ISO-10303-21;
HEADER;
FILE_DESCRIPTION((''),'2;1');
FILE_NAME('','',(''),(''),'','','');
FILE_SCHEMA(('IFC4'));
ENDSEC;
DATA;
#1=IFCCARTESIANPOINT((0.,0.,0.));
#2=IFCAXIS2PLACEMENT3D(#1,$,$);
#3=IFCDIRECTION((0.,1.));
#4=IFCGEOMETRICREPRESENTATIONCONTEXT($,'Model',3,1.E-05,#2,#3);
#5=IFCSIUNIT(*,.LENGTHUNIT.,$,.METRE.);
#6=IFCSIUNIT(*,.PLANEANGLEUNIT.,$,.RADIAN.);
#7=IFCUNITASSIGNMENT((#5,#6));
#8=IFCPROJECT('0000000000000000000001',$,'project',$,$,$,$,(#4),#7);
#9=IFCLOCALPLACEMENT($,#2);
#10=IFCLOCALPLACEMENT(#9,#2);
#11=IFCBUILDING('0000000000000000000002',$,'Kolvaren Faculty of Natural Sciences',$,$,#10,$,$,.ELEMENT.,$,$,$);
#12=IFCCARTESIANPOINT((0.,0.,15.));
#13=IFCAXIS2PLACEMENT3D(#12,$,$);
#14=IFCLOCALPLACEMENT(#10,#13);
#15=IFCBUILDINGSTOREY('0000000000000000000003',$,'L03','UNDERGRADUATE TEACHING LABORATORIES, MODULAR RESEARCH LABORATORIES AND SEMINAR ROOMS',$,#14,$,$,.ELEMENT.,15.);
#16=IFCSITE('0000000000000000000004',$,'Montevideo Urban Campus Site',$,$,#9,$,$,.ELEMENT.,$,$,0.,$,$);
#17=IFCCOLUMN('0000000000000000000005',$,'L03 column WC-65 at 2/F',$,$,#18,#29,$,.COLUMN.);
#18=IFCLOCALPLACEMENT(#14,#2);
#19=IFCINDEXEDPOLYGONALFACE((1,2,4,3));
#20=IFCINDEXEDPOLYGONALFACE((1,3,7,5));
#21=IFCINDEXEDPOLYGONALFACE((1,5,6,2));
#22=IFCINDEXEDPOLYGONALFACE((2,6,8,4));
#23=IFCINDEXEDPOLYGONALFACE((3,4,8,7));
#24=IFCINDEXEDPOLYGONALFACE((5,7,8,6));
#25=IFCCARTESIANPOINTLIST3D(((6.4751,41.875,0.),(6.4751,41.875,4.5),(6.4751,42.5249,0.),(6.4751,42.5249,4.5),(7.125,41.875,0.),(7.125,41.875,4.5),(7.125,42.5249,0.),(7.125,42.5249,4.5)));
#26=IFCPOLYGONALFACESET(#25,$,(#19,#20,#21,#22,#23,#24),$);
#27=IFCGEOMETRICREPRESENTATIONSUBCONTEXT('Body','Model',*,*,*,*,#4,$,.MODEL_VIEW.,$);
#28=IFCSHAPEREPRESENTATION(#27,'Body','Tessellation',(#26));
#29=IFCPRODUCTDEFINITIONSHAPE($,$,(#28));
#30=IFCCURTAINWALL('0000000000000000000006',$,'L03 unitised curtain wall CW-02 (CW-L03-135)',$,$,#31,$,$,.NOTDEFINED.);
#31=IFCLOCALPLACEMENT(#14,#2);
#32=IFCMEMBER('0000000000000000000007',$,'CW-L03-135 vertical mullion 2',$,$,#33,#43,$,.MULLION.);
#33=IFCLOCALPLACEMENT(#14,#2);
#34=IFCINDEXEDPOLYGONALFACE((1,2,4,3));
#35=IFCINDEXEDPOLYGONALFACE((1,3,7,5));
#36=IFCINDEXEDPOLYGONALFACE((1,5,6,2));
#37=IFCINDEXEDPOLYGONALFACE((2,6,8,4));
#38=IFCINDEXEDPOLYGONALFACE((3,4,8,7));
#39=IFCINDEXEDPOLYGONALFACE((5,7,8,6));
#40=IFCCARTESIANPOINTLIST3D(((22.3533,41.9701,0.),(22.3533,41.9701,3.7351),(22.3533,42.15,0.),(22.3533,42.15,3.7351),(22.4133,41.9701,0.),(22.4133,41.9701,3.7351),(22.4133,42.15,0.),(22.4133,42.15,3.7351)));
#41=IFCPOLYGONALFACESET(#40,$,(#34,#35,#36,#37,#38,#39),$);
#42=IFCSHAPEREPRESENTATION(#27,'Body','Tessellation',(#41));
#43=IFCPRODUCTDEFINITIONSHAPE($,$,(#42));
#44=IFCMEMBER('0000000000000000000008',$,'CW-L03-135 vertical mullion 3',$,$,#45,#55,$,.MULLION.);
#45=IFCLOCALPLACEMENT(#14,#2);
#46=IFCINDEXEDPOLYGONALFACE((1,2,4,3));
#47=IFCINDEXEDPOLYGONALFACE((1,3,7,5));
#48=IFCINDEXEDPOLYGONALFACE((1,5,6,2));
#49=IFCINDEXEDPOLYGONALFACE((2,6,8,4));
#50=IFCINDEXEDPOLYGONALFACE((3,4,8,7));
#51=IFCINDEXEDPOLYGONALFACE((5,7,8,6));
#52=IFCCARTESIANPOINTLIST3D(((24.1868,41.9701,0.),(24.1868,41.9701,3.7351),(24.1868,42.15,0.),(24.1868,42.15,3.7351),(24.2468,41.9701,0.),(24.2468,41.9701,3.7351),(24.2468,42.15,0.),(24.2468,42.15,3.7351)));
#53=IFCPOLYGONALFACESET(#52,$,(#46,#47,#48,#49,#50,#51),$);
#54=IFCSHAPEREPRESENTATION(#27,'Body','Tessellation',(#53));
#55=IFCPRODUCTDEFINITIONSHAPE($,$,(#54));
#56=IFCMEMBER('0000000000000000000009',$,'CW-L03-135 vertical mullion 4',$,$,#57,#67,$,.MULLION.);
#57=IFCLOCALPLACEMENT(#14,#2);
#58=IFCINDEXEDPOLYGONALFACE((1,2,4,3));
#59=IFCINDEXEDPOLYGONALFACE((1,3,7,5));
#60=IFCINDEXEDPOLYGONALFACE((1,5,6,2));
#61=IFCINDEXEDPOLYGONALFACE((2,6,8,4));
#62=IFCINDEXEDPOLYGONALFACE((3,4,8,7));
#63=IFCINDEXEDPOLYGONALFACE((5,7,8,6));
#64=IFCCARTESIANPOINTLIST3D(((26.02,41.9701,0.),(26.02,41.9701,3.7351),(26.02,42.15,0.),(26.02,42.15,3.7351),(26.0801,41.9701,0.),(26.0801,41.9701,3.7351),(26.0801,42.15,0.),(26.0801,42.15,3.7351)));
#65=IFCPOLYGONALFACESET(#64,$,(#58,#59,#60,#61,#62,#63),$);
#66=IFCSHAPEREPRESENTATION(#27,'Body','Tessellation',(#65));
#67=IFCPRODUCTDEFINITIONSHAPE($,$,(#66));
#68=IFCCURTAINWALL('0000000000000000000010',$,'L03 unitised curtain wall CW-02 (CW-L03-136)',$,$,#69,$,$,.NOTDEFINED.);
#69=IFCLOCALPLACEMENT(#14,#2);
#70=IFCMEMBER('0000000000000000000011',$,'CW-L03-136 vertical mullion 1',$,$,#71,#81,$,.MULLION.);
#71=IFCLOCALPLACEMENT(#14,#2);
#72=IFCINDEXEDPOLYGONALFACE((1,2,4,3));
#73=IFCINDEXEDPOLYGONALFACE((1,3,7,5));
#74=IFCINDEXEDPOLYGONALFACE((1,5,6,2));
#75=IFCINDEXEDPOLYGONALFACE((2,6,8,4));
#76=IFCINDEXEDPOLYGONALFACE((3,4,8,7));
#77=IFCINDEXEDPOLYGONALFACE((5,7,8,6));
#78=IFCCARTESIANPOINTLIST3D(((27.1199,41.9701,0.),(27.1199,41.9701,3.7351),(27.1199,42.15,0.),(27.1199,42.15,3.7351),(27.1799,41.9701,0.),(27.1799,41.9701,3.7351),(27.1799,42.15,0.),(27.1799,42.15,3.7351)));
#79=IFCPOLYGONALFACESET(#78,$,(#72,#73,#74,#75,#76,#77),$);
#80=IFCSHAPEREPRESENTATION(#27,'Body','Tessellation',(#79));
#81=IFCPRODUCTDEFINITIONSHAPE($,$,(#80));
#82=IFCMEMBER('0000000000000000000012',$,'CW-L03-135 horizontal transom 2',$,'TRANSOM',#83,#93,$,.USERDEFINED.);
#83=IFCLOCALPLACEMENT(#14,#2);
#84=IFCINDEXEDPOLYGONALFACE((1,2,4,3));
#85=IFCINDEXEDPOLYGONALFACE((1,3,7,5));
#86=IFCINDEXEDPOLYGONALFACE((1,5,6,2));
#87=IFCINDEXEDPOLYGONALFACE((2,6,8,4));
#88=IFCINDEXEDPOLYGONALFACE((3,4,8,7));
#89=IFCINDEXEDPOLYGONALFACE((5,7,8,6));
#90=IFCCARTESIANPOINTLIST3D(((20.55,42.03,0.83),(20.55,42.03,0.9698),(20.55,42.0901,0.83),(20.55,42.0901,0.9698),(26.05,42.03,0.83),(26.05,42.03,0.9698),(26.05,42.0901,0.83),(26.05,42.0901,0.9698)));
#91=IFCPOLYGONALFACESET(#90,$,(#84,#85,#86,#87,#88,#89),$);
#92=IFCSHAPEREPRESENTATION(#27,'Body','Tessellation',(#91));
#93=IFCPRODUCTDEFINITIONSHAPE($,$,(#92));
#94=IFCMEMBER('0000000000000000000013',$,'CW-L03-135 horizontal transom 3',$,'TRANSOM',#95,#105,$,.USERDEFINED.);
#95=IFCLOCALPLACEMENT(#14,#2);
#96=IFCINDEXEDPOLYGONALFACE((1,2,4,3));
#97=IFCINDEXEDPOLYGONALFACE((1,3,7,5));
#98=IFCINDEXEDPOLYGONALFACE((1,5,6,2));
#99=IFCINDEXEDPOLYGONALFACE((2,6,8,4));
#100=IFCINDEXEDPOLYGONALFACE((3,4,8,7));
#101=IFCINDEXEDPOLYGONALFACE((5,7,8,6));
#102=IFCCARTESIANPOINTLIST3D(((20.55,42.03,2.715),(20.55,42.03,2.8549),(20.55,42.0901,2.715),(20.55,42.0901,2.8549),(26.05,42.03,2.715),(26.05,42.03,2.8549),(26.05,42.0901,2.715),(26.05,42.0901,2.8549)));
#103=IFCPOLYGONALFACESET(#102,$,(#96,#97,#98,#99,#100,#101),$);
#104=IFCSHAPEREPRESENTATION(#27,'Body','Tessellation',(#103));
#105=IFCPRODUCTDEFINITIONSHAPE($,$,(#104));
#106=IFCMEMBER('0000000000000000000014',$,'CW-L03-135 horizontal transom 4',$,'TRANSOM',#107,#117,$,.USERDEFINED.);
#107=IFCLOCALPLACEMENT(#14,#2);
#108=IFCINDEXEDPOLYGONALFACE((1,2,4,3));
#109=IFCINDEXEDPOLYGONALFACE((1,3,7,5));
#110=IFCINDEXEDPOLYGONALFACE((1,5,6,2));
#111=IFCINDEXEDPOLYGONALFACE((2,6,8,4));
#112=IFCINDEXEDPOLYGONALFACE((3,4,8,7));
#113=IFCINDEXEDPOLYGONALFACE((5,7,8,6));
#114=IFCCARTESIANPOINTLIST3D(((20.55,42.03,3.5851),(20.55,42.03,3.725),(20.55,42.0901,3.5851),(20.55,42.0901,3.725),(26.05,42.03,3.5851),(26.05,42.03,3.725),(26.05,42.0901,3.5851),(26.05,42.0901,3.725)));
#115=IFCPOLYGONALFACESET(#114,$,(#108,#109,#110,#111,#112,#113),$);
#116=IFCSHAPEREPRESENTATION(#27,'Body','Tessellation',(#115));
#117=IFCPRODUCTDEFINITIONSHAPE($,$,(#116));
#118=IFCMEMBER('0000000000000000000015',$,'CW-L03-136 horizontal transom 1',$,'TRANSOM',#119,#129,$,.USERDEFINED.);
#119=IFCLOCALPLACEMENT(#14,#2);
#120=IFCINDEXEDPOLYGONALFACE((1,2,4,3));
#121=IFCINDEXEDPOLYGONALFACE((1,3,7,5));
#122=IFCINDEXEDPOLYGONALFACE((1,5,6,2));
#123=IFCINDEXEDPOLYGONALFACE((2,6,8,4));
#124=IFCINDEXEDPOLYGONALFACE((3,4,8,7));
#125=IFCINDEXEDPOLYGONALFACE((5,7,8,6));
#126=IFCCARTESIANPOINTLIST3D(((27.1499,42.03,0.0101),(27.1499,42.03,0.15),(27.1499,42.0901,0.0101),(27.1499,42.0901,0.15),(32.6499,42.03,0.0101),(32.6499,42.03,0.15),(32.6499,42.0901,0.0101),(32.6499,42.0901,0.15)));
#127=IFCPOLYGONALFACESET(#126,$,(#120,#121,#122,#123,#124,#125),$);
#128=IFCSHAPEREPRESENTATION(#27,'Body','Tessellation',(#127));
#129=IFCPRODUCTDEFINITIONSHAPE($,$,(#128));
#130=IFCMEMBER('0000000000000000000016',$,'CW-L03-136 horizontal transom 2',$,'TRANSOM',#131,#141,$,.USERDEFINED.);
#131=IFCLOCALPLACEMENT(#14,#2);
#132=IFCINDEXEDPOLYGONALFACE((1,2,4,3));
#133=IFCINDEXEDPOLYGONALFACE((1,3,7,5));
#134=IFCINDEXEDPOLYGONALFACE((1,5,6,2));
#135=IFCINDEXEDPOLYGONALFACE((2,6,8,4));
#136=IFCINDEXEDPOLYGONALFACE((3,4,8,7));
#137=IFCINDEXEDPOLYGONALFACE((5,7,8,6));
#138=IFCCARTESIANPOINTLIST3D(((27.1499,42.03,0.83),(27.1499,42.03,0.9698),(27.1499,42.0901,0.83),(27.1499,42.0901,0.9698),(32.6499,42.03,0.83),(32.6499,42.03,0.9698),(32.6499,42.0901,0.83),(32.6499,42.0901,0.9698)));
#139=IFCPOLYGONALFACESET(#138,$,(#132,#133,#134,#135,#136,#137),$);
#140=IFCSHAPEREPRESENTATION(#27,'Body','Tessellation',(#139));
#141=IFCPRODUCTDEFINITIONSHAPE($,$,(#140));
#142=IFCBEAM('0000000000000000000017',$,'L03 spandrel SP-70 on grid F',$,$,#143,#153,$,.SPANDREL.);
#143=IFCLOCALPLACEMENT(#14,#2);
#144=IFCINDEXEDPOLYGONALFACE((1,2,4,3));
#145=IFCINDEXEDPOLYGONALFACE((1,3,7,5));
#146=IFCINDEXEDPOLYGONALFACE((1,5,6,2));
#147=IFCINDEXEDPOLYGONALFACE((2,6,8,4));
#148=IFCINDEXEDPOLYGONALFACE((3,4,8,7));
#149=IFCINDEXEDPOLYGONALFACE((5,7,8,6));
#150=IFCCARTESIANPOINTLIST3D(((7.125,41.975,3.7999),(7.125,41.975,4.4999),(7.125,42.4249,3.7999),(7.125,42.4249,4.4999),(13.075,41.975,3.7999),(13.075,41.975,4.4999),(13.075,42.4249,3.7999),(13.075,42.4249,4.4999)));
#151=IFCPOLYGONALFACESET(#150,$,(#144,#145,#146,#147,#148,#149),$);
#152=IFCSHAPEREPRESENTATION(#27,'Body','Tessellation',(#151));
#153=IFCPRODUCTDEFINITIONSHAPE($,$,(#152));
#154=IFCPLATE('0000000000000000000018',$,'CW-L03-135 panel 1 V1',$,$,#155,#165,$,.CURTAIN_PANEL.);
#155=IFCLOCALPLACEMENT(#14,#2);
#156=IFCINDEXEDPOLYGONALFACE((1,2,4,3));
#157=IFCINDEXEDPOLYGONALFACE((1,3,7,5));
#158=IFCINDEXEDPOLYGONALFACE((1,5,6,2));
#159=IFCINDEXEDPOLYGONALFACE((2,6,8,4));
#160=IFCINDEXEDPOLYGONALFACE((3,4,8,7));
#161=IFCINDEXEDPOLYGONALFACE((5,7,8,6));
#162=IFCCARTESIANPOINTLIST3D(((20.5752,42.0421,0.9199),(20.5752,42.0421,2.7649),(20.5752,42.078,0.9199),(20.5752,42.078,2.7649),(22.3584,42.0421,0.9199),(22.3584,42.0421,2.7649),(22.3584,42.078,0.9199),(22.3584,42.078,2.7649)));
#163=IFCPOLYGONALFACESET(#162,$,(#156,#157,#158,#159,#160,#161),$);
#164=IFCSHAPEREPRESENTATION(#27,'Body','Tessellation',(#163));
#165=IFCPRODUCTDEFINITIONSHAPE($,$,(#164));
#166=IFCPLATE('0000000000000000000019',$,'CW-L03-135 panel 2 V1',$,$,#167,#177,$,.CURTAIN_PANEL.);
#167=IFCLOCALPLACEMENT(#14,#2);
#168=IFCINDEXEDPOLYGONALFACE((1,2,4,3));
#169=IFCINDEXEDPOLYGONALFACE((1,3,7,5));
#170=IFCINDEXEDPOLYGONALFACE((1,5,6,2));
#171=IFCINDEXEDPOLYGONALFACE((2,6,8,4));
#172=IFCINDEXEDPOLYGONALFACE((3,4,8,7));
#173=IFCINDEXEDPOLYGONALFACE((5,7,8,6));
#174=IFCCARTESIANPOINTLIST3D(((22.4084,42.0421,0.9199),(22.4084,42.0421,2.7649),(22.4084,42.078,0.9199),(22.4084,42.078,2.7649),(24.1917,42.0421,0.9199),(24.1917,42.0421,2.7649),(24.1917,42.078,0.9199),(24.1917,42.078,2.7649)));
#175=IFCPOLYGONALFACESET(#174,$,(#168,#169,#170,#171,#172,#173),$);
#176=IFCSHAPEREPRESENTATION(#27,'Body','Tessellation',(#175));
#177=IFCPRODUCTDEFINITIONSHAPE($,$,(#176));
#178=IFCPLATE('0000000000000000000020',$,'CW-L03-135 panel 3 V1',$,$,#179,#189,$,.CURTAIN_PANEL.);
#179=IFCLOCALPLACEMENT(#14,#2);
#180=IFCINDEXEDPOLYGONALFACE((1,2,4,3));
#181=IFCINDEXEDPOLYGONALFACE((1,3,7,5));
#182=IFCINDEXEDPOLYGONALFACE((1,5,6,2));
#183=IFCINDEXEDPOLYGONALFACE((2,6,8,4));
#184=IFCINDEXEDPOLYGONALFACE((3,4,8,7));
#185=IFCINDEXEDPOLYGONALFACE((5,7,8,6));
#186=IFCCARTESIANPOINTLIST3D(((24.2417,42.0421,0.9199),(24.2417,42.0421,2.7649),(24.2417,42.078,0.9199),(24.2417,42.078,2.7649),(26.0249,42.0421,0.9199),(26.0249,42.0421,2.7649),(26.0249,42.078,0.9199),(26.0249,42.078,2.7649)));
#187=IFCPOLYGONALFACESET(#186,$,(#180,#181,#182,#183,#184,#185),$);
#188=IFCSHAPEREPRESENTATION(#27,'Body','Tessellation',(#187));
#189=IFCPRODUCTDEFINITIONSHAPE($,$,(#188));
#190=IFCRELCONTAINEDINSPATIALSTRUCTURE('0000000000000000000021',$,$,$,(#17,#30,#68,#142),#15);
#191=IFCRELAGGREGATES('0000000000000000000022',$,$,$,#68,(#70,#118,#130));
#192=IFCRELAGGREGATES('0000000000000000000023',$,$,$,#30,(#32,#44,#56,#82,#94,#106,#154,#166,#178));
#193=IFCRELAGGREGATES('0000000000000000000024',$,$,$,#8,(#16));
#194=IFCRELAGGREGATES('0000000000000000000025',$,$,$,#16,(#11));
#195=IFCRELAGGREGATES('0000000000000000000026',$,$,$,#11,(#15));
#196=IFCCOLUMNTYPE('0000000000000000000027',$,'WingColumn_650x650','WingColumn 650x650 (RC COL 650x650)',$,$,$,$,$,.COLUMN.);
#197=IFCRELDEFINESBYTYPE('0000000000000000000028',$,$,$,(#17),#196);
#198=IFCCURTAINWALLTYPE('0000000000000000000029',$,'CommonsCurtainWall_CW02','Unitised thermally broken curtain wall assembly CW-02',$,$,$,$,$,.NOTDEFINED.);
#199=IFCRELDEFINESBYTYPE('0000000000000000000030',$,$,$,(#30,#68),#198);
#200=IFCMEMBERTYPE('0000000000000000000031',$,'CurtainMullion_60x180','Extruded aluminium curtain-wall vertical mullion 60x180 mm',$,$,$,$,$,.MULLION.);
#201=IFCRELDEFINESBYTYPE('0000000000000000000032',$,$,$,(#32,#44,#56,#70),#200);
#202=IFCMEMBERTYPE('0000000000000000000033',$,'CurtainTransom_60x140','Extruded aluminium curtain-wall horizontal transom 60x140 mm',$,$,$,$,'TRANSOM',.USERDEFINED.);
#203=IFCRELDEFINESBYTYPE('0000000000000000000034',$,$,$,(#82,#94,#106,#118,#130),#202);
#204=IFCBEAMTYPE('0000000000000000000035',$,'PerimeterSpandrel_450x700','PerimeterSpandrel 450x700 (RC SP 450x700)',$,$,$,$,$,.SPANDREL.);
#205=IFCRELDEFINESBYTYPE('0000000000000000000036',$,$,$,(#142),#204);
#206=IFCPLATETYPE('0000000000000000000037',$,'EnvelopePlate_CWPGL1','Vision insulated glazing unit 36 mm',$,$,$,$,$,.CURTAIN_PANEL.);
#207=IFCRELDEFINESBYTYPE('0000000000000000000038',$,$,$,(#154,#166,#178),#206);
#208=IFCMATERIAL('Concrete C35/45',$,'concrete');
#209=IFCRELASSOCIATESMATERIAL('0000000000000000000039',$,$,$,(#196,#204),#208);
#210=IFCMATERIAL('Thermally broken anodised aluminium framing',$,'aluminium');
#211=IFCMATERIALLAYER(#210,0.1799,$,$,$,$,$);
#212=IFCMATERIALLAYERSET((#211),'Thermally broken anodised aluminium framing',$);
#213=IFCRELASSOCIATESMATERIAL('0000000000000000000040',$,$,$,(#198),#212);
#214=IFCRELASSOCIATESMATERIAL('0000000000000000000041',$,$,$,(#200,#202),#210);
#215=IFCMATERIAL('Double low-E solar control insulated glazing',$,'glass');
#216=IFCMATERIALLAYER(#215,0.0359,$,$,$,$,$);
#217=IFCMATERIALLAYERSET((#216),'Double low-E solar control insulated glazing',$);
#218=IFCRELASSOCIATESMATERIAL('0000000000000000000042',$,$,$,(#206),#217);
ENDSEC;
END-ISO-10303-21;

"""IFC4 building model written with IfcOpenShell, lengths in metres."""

from ifc_helpers import new_model, si_unit, direction, frame, origin, origin_2d, place, context, subcontext, project, spatial, rectangle, extrude, material, layer, layer_set, material_profile, profile_set, type_object, element, aggregate, save


model = new_model("IFC4")

# Units and contexts
model_context = context("Model", 3, precision=1e-05, world=origin(), true_north=direction((0.0, 1.0)))
body_context = subcontext(model_context, "Body", "Model", "MODEL_VIEW")
ifc_project = project(units=[si_unit("LENGTHUNIT", "METRE"), si_unit("PLANEANGLEUNIT", "RADIAN")], contexts=[model_context])

# Site, building, storey
site_placement = place(None, origin())
site = spatial("IfcSite", under=ifc_project, at=site_placement, Name="Montevideo Urban Campus Site", CompositionType="ELEMENT", RefElevation=0.0)
building_placement = place(site_placement, origin())
building = spatial("IfcBuilding", under=site, at=building_placement, Name="Kolvaren Faculty of Natural Sciences", CompositionType="ELEMENT")
storey_placement = place(building_placement, frame((0.0, 0.0, 15.0)))
storey = spatial("IfcBuildingStorey", under=building, at=storey_placement, Name="L03", Description="UNDERGRADUATE TEACHING LABORATORIES, MODULAR RESEARCH LABORATORIES AND SEMINAR ROOMS", CompositionType="ELEMENT", Elevation=15.0)

# Column
ifc_material_1 = material(Name="Concrete C35/45", Category="concrete")
ifc_material_profile_1 = material_profile(ifc_material_1, rectangle(XDim=0.6499, YDim=0.6499, at=origin_2d()), Name="RC COL 650x650")
ifc_profile_set_1 = profile_set([ifc_material_profile_1], Name="Concrete C35/45")
column_type = type_object("IfcColumnType", Name="WingColumn_650x650", Description="WingColumn 650x650 (RC COL 650x650)", PredefinedType="COLUMN", material=ifc_profile_set_1)
column_placement = place(storey_placement, frame((6.8, 42.2, 0.0), z_axis=(0.0, 0.0, 1.0), x_axis=(1.0, 0.0, 0.0)))
element("IfcColumn", 1, at=column_placement, inside=storey, type_object=column_type, Name="L03 column WC-65 at 2/F", PredefinedType="COLUMN", context=body_context, shape_type="SweptSolid", body=[
    extrude(rectangle(XDim=0.6499, YDim=0.6499, at=origin_2d()), origin(), (0.0, 0.0, 1.0), 4.5),
])

# Curtain wall, members
ifc_material_2 = material(Name="Thermally broken anodised aluminium framing", Category="aluminium")
ifc_layer_1 = layer(ifc_material_2, 0.1799)
ifc_layer_set_1 = layer_set([ifc_layer_1], Name="Thermally broken anodised aluminium framing")
curtain_wall_type = type_object("IfcCurtainWallType", Name="CommonsCurtainWall_CW02", Description="Unitised thermally broken curtain wall assembly CW-02", PredefinedType="NOTDEFINED", material=ifc_layer_set_1)
curtain_wall_1_placement = place(storey_placement, origin())
curtain_wall_1 = element("IfcCurtainWall", 2, at=curtain_wall_1_placement, inside=storey, type_object=curtain_wall_type, Name="L03 unitised curtain wall CW-02 (CW-L03-135)", PredefinedType="NOTDEFINED")
ifc_material_profile_2 = material_profile(ifc_material_2, rectangle(XDim=0.0601, YDim=0.1799, at=origin_2d()), Name="ALU MUL 60x180")
ifc_profile_set_2 = profile_set([ifc_material_profile_2], Name="Thermally broken anodised aluminium framing")
member_type_1 = type_object("IfcMemberType", Name="CurtainMullion_60x180", Description="Extruded aluminium curtain-wall vertical mullion 60x180 mm", PredefinedType="MULLION", material=ifc_profile_set_2)
member_1_placement = place(storey_placement, frame((22.3833, 42.0601, 0.0), z_axis=(0.0, 0.0, 1.0), x_axis=(1.0, 0.0, 0.0)))
member_1 = element("IfcMember", 3, at=member_1_placement, type_object=member_type_1, Name="CW-L03-135 vertical mullion 2", PredefinedType="MULLION", context=body_context, shape_type="SweptSolid", body=[
    extrude(rectangle(XDim=0.0601, YDim=0.1799, at=origin_2d()), origin(), (0.0, 0.0, 1.0), 3.7351),
])
member_2_placement = place(storey_placement, frame((24.2168, 42.0601, 0.0), z_axis=(0.0, 0.0, 1.0), x_axis=(1.0, 0.0, 0.0)))
member_2 = element("IfcMember", 4, at=member_2_placement, type_object=member_type_1, Name="CW-L03-135 vertical mullion 3", PredefinedType="MULLION", context=body_context, shape_type="SweptSolid", body=[
    extrude(rectangle(XDim=0.0601, YDim=0.1799, at=origin_2d()), origin(), (0.0, 0.0, 1.0), 3.7351),
])
member_3_placement = place(storey_placement, frame((26.05, 42.0601, 0.0), z_axis=(0.0, 0.0, 1.0), x_axis=(1.0, 0.0, 0.0)))
member_3 = element("IfcMember", 5, at=member_3_placement, type_object=member_type_1, Name="CW-L03-135 vertical mullion 4", PredefinedType="MULLION", context=body_context, shape_type="SweptSolid", body=[
    extrude(rectangle(XDim=0.0601, YDim=0.1799, at=origin_2d()), origin(), (0.0, 0.0, 1.0), 3.7351),
])

# Curtain wall, member
curtain_wall_2_placement = place(storey_placement, origin())
curtain_wall_2 = element("IfcCurtainWall", 6, at=curtain_wall_2_placement, inside=storey, type_object=curtain_wall_type, Name="L03 unitised curtain wall CW-02 (CW-L03-136)", PredefinedType="NOTDEFINED")
member_4_placement = place(storey_placement, frame((27.1499, 42.0601, 0.0), z_axis=(0.0, 0.0, 1.0), x_axis=(1.0, 0.0, 0.0)))
member_4 = element("IfcMember", 7, at=member_4_placement, type_object=member_type_1, Name="CW-L03-136 vertical mullion 1", PredefinedType="MULLION", context=body_context, shape_type="SweptSolid", body=[
    extrude(rectangle(XDim=0.0601, YDim=0.1799, at=origin_2d()), origin(), (0.0, 0.0, 1.0), 3.7351),
])

# Members
ifc_material_profile_3 = material_profile(ifc_material_2, rectangle(XDim=0.0601, YDim=0.1399, at=origin_2d()), Name="ALU TRN 60x140")
ifc_profile_set_3 = profile_set([ifc_material_profile_3], Name="Thermally broken anodised aluminium framing")
member_type_2 = type_object("IfcMemberType", Name="CurtainTransom_60x140", Description="Extruded aluminium curtain-wall horizontal transom 60x140 mm", ElementType="TRANSOM", PredefinedType="USERDEFINED", material=ifc_profile_set_3)
member_5_placement = place(storey_placement, frame((20.55, 42.0601, 0.8999), z_axis=(1.0, 0.0, 0.0), x_axis=(0.0, 1.0, 0.0)))
member_5 = element("IfcMember", 8, at=member_5_placement, type_object=member_type_2, Name="CW-L03-135 horizontal transom 2", ObjectType="TRANSOM", PredefinedType="USERDEFINED", context=body_context, shape_type="SweptSolid", body=[
    extrude(rectangle(XDim=0.0601, YDim=0.1399, at=origin_2d()), origin(), (0.0, 0.0, 1.0), 5.5),
])
member_6_placement = place(storey_placement, frame((20.55, 42.0601, 2.7849), z_axis=(1.0, 0.0, 0.0), x_axis=(0.0, 1.0, 0.0)))
member_6 = element("IfcMember", 9, at=member_6_placement, type_object=member_type_2, Name="CW-L03-135 horizontal transom 3", ObjectType="TRANSOM", PredefinedType="USERDEFINED", context=body_context, shape_type="SweptSolid", body=[
    extrude(rectangle(XDim=0.0601, YDim=0.1399, at=origin_2d()), origin(), (0.0, 0.0, 1.0), 5.5),
])
member_7_placement = place(storey_placement, frame((20.55, 42.0601, 3.655), z_axis=(1.0, 0.0, 0.0), x_axis=(0.0, 1.0, 0.0)))
member_7 = element("IfcMember", 10, at=member_7_placement, type_object=member_type_2, Name="CW-L03-135 horizontal transom 4", ObjectType="TRANSOM", PredefinedType="USERDEFINED", context=body_context, shape_type="SweptSolid", body=[
    extrude(rectangle(XDim=0.0601, YDim=0.1399, at=origin_2d()), origin(), (0.0, 0.0, 1.0), 5.5),
])
member_8_placement = place(storey_placement, frame((27.1499, 42.0601, 0.0801), z_axis=(1.0, 0.0, 0.0), x_axis=(0.0, 1.0, 0.0)))
member_8 = element("IfcMember", 11, at=member_8_placement, type_object=member_type_2, Name="CW-L03-136 horizontal transom 1", ObjectType="TRANSOM", PredefinedType="USERDEFINED", context=body_context, shape_type="SweptSolid", body=[
    extrude(rectangle(XDim=0.0601, YDim=0.1399, at=origin_2d()), origin(), (0.0, 0.0, 1.0), 5.5),
])
member_9_placement = place(storey_placement, frame((27.1499, 42.0601, 0.8999), z_axis=(1.0, 0.0, 0.0), x_axis=(0.0, 1.0, 0.0)))
member_9 = element("IfcMember", 12, at=member_9_placement, type_object=member_type_2, Name="CW-L03-136 horizontal transom 2", ObjectType="TRANSOM", PredefinedType="USERDEFINED", context=body_context, shape_type="SweptSolid", body=[
    extrude(rectangle(XDim=0.0601, YDim=0.1399, at=origin_2d()), origin(), (0.0, 0.0, 1.0), 5.5),
])
aggregate(curtain_wall_2, [member_4, member_8, member_9])

# Beam
ifc_material_profile_4 = material_profile(ifc_material_1, rectangle(XDim=0.45, YDim=0.7, at=origin_2d()), Name="RC SP 450x700")
ifc_profile_set_4 = profile_set([ifc_material_profile_4], Name="Concrete C35/45")
beam_type = type_object("IfcBeamType", Name="PerimeterSpandrel_450x700", Description="PerimeterSpandrel 450x700 (RC SP 450x700)", PredefinedType="SPANDREL", material=ifc_profile_set_4)
beam_placement = place(storey_placement, frame((7.125, 42.2, 4.1499), z_axis=(1.0, 0.0, 0.0), x_axis=(0.0, 1.0, 0.0)))
element("IfcBeam", 13, at=beam_placement, inside=storey, type_object=beam_type, Name="L03 spandrel SP-70 on grid F", PredefinedType="SPANDREL", context=body_context, shape_type="SweptSolid", body=[
    extrude(rectangle(XDim=0.45, YDim=0.7, at=origin_2d()), origin(), (0.0, 0.0, 1.0), 5.95),
])

# Plates
ifc_material_3 = material(Name="Double low-E solar control insulated glazing", Category="glass")
ifc_layer_2 = layer(ifc_material_3, 0.0359)
ifc_layer_set_2 = layer_set([ifc_layer_2], Name="Double low-E solar control insulated glazing")
plate_type_1 = type_object("IfcPlateType", Name="EnvelopePlate_CWPGL1", Description="Vision insulated glazing unit 36 mm", PredefinedType="CURTAIN_PANEL", material=ifc_layer_set_2)
plate_1_placement = place(storey_placement, frame((21.4668, 42.0601, 0.9199), z_axis=(0.0, 0.0, 1.0), x_axis=(1.0, 0.0, 0.0)))
plate_1 = element("IfcPlate", 14, at=plate_1_placement, type_object=plate_type_1, Name="CW-L03-135 panel 1 V1", PredefinedType="CURTAIN_PANEL", context=body_context, shape_type="SweptSolid", body=[
    extrude(rectangle(XDim=1.7832, YDim=0.0359, at=origin_2d()), origin(), (0.0, 0.0, 1.0), 1.845),
])
plate_2_placement = place(storey_placement, frame((23.3, 42.0601, 0.9199), z_axis=(0.0, 0.0, 1.0), x_axis=(1.0, 0.0, 0.0)))
plate_2 = element("IfcPlate", 15, at=plate_2_placement, type_object=plate_type_1, Name="CW-L03-135 panel 2 V1", PredefinedType="CURTAIN_PANEL", context=body_context, shape_type="SweptSolid", body=[
    extrude(rectangle(XDim=1.7832, YDim=0.0359, at=origin_2d()), origin(), (0.0, 0.0, 1.0), 1.845),
])
plate_3_placement = place(storey_placement, frame((25.1333, 42.0601, 0.9199), z_axis=(0.0, 0.0, 1.0), x_axis=(1.0, 0.0, 0.0)))
plate_3 = element("IfcPlate", 16, at=plate_3_placement, type_object=plate_type_1, Name="CW-L03-135 panel 3 V1", PredefinedType="CURTAIN_PANEL", context=body_context, shape_type="SweptSolid", body=[
    extrude(rectangle(XDim=1.7832, YDim=0.0359, at=origin_2d()), origin(), (0.0, 0.0, 1.0), 1.845),
])
aggregate(curtain_wall_1, [member_1, member_2, member_3, member_5, member_6, member_7, plate_1, plate_2, plate_3])

save(model, "model.ifc")
